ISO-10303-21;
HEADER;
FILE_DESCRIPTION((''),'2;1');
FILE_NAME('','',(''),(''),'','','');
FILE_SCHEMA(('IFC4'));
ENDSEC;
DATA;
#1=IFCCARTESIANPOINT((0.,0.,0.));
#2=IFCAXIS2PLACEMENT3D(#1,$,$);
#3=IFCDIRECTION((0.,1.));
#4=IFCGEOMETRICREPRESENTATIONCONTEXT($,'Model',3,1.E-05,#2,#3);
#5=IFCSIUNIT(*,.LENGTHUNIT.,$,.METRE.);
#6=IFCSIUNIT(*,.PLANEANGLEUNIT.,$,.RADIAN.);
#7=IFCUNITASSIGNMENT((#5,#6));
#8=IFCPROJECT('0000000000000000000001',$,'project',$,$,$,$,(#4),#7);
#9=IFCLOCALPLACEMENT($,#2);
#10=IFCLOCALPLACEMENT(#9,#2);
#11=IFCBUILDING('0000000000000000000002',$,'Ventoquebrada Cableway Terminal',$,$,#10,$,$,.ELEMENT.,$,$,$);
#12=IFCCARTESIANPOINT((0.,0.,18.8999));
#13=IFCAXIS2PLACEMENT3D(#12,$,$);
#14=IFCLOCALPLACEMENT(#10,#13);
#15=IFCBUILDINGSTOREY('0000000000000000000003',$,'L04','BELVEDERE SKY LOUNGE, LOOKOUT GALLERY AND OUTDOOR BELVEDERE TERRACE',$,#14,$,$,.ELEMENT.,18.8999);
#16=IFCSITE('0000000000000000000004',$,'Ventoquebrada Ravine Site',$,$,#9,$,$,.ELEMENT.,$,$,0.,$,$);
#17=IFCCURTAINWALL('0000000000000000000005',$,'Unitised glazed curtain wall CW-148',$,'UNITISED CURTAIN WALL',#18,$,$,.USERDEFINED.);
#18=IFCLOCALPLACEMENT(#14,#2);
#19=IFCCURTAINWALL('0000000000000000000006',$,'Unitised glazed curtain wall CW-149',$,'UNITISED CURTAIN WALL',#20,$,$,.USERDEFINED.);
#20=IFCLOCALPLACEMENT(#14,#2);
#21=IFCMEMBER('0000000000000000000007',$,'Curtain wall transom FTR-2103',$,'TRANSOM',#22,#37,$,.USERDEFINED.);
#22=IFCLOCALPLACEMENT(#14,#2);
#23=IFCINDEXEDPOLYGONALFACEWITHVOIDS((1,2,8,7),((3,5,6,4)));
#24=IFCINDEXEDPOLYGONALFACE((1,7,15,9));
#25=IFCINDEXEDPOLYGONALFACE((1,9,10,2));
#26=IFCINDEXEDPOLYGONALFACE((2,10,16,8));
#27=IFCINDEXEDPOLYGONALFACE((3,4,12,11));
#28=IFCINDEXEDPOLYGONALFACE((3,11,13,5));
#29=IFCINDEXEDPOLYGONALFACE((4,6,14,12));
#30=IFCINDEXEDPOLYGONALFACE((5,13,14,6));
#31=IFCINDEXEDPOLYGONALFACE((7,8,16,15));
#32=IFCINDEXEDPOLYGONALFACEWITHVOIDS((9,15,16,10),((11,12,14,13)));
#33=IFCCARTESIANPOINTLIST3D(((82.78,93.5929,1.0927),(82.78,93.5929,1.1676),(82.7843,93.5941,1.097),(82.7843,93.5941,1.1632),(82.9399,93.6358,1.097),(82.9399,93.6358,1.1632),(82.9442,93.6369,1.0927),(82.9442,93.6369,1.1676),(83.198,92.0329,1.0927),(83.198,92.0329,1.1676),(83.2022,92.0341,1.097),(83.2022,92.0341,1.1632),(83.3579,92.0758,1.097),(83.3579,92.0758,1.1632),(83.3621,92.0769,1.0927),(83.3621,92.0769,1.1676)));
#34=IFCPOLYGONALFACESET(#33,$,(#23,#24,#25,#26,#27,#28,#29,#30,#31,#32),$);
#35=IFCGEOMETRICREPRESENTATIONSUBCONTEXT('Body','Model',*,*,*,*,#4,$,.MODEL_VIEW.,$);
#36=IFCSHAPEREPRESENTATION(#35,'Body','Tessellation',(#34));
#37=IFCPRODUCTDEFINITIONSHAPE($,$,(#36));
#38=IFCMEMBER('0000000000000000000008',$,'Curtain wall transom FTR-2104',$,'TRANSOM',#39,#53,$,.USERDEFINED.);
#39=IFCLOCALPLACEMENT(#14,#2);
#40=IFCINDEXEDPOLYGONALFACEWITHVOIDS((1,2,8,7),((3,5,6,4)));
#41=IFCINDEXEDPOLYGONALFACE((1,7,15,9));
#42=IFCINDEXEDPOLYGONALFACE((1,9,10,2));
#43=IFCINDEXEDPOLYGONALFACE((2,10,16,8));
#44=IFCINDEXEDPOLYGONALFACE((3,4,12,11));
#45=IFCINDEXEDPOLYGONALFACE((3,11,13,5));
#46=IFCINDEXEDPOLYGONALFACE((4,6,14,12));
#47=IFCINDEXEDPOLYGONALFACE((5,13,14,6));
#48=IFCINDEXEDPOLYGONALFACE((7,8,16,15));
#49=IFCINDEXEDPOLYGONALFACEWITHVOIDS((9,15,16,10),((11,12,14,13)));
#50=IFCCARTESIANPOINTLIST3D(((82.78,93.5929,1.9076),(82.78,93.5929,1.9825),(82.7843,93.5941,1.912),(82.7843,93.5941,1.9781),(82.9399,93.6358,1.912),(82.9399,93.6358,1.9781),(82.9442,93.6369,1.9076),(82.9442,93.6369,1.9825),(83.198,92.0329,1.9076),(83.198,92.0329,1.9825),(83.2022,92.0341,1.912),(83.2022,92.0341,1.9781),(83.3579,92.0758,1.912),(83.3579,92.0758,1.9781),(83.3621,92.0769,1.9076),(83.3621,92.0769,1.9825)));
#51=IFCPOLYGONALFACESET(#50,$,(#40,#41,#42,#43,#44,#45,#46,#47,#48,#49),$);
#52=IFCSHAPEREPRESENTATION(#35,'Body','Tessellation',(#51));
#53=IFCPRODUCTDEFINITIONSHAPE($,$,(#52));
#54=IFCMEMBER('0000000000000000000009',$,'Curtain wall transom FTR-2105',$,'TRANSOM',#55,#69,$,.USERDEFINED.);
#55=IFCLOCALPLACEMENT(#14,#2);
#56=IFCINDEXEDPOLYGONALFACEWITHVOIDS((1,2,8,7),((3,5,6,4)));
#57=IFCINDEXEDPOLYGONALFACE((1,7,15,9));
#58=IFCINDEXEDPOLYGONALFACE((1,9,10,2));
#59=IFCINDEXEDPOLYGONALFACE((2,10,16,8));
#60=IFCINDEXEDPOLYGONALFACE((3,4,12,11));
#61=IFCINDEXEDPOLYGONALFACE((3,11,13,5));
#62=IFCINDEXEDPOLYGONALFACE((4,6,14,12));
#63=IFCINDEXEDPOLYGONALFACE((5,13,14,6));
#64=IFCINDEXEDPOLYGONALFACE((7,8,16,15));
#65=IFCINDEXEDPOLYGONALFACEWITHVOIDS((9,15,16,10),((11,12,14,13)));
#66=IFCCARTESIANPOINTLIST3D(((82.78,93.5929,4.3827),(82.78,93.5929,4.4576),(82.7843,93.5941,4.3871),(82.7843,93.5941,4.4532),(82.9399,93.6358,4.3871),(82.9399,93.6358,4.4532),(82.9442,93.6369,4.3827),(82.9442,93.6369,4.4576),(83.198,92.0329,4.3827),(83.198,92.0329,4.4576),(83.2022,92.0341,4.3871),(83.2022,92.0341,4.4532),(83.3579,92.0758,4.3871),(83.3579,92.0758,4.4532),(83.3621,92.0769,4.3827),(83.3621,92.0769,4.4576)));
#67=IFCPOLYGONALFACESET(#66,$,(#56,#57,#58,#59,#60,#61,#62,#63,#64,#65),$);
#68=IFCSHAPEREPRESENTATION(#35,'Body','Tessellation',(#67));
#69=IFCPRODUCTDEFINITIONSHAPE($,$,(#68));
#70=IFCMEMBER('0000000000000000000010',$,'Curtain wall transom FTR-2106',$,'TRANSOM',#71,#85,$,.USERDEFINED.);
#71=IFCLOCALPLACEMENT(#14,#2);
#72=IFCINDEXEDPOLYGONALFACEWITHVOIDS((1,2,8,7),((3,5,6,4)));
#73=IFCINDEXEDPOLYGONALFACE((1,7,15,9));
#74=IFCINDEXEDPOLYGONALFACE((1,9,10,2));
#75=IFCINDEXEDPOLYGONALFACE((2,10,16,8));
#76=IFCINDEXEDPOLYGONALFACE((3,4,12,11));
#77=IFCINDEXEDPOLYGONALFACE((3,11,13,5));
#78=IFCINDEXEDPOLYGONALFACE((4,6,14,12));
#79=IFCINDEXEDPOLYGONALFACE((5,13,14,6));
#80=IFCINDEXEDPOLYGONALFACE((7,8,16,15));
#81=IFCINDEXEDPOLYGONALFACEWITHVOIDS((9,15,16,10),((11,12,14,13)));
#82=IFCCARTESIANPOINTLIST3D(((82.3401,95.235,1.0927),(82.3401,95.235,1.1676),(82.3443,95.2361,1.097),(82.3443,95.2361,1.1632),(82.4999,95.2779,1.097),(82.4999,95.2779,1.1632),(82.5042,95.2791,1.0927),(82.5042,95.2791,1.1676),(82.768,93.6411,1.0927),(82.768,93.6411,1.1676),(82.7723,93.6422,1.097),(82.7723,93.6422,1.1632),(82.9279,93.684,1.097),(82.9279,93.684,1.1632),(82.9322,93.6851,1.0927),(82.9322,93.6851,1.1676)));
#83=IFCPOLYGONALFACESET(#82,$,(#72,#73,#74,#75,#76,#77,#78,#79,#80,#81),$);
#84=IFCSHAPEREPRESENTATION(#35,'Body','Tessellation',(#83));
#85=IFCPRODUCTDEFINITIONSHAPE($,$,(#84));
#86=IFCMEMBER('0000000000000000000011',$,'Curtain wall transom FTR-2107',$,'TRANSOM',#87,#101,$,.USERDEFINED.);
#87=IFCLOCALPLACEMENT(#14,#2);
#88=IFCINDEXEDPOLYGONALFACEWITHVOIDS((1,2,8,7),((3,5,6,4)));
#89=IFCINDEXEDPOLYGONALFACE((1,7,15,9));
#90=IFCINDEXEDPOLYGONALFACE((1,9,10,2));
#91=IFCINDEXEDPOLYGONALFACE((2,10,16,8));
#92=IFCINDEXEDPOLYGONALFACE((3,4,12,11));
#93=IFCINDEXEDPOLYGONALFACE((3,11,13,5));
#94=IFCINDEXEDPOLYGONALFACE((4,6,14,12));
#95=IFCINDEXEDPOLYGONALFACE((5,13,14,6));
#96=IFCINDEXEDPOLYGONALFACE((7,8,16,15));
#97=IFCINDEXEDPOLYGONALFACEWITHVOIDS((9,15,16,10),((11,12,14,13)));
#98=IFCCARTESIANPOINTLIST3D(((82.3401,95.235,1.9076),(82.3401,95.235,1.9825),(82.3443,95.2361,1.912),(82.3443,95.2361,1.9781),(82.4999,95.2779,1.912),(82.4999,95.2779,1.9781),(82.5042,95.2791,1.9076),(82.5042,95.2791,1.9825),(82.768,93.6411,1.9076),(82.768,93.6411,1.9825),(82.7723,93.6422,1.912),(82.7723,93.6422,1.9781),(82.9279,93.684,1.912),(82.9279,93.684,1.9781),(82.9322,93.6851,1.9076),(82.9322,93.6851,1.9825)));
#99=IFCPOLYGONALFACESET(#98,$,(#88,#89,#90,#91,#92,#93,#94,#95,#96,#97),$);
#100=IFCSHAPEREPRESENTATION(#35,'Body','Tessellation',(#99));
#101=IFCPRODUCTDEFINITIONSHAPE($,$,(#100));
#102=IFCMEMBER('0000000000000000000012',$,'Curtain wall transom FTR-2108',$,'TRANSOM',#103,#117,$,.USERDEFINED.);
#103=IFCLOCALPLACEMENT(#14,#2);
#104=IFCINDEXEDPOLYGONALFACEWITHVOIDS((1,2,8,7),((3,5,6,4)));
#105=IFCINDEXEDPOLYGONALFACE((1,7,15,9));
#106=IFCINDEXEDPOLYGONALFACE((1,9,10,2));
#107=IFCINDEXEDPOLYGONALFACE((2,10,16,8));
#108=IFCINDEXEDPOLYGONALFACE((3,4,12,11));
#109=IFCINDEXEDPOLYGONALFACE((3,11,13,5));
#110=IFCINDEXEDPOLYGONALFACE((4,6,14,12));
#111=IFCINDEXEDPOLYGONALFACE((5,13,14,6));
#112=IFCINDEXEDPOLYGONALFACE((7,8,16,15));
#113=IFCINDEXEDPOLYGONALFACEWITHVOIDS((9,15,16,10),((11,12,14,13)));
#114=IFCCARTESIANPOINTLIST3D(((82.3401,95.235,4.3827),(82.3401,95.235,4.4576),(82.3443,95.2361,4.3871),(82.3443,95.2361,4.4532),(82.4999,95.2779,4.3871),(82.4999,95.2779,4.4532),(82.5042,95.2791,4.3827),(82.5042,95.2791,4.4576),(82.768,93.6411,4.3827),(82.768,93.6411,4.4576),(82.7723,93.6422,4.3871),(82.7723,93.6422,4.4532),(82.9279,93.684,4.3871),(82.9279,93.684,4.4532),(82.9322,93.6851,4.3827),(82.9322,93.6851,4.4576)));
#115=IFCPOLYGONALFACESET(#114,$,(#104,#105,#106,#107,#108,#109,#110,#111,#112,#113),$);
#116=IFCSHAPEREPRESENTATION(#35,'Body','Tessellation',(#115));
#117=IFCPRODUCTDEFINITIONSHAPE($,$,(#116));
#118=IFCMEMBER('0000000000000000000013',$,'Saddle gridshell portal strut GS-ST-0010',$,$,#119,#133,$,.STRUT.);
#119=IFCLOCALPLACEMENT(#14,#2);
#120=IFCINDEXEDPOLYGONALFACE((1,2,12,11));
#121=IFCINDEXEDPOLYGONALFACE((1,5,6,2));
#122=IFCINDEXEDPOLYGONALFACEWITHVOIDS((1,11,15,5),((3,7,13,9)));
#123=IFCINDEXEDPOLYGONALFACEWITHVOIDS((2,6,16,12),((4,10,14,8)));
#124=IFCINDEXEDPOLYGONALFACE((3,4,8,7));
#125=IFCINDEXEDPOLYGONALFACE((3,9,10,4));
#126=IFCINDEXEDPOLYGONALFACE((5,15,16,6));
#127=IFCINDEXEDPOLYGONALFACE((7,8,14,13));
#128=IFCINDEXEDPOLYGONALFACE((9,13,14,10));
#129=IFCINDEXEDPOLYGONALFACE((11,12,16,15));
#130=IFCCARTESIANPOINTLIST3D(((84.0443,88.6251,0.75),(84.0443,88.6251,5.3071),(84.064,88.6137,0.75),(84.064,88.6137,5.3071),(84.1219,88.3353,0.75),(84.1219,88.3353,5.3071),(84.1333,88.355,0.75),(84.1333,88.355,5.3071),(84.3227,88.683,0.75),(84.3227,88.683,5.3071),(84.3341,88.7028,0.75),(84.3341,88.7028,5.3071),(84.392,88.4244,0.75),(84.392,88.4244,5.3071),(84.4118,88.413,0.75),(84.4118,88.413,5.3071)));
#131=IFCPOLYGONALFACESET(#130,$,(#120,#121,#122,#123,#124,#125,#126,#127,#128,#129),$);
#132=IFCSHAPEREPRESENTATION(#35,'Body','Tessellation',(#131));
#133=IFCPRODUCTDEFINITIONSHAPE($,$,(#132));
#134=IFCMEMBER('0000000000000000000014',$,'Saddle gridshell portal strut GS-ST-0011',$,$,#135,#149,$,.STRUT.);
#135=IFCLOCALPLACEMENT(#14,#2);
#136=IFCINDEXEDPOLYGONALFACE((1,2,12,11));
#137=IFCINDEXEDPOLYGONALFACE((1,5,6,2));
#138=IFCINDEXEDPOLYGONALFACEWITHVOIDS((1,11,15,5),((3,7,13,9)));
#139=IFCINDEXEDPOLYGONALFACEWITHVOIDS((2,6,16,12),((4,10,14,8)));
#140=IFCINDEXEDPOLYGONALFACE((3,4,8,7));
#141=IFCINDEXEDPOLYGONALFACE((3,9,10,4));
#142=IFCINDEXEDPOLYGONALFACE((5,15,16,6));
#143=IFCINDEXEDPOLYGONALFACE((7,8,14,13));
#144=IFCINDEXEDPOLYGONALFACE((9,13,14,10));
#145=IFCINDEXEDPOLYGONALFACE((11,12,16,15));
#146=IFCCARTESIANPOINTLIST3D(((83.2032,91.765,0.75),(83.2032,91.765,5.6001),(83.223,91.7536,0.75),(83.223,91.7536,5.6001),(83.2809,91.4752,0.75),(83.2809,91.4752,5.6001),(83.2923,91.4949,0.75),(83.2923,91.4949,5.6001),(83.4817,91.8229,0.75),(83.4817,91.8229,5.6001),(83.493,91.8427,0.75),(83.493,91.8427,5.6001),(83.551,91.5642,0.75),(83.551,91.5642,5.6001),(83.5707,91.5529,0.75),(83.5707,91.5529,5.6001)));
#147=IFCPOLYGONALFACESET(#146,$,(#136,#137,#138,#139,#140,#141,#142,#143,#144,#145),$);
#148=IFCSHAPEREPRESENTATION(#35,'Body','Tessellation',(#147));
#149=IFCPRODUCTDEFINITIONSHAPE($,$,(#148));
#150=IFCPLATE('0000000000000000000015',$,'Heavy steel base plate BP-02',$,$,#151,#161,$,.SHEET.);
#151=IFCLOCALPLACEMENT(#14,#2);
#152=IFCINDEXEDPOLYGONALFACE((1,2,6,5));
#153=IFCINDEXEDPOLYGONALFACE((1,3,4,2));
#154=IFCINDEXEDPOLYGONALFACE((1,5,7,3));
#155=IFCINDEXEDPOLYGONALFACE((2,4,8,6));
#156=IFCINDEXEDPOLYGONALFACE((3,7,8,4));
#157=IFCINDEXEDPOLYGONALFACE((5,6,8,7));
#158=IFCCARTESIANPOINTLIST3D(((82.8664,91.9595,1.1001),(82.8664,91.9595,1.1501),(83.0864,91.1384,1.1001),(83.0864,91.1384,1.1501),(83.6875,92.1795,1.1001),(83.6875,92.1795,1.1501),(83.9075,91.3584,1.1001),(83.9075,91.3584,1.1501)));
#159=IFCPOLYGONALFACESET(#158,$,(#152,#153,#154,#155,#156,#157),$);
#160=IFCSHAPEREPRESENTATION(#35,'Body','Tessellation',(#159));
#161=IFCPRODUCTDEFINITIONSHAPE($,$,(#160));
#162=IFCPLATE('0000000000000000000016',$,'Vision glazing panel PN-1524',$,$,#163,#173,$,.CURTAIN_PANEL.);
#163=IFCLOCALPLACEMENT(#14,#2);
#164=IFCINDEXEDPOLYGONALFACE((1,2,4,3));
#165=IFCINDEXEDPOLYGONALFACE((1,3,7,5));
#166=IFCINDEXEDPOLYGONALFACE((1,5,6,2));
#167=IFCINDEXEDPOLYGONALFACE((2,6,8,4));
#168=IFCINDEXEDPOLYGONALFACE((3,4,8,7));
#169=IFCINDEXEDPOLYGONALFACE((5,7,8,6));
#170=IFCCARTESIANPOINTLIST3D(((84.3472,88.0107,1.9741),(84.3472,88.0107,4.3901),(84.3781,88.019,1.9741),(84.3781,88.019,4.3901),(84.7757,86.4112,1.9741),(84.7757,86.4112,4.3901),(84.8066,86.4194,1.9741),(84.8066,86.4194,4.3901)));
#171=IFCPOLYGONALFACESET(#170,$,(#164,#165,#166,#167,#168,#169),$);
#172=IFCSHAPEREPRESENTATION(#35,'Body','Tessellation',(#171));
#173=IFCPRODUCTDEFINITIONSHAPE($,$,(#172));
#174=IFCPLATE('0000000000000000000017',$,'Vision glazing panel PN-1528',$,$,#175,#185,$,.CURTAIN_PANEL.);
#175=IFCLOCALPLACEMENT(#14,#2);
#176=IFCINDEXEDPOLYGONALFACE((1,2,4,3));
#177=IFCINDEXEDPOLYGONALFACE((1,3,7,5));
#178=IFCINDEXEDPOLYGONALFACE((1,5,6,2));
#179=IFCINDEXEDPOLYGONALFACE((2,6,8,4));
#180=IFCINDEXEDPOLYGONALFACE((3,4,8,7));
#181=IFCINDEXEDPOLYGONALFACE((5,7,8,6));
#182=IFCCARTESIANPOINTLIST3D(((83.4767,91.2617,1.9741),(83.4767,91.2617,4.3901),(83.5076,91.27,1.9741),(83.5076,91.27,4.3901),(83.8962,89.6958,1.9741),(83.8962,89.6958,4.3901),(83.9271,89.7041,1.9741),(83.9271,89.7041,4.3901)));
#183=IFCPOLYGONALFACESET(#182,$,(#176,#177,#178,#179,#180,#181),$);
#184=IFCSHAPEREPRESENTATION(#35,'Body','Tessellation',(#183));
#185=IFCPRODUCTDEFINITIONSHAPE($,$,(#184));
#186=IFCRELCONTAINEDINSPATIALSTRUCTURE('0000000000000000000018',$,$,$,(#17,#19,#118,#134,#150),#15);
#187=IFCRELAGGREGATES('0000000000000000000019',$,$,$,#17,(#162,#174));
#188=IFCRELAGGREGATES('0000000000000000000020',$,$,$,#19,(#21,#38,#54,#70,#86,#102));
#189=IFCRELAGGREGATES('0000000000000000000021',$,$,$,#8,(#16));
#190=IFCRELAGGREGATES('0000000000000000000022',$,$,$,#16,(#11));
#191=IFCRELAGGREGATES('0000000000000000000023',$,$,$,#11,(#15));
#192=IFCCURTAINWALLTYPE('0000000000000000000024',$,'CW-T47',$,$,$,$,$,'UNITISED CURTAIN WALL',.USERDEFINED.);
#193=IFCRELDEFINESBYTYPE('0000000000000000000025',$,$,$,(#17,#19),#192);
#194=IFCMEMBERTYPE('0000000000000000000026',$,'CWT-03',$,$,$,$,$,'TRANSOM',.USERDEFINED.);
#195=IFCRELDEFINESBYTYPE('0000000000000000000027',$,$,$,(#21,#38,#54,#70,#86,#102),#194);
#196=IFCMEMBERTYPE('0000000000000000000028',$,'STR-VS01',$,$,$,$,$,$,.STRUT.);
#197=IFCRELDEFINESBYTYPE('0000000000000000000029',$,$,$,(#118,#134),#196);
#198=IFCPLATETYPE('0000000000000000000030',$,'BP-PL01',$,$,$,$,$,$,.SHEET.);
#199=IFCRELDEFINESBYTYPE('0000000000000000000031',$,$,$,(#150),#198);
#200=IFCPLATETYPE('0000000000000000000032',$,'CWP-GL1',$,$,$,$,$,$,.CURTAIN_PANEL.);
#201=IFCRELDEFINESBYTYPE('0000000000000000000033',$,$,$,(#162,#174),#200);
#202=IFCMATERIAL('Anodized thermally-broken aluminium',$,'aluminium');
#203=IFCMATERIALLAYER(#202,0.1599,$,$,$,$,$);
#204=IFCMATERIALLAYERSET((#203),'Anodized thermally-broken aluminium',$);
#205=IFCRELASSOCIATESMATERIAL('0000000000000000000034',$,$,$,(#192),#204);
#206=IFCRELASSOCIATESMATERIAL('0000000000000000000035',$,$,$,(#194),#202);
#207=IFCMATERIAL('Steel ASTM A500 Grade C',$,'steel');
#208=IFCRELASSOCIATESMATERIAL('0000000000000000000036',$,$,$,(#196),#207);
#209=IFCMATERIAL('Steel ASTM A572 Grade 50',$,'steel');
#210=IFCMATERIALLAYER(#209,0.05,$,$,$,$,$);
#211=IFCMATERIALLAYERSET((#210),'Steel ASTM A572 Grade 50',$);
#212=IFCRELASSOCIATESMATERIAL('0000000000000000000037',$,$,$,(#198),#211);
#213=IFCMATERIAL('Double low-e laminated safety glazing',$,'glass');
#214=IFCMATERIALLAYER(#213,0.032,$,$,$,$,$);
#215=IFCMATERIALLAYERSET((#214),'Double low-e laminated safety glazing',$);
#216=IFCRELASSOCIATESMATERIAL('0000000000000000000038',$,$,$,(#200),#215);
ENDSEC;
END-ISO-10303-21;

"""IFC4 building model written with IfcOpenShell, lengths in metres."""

from ifc_helpers import new_model, si_unit, direction, frame, origin, origin_2d, place, context, subcontext, project, spatial, rectangle, hollow_rectangle, extrude, material, layer, layer_set, material_profile, profile_set, type_object, element, aggregate, save


model = new_model("IFC4")

# Units and contexts
model_context = context("Model", 3, precision=1e-05, world=origin(), true_north=direction((0.0, 1.0)))
body_context = subcontext(model_context, "Body", "Model", "MODEL_VIEW")
ifc_project = project(units=[si_unit("LENGTHUNIT", "METRE"), si_unit("PLANEANGLEUNIT", "RADIAN")], contexts=[model_context])

# Site, building, storey
site_placement = place(None, origin())
site = spatial("IfcSite", under=ifc_project, at=site_placement, Name="Ventoquebrada Ravine Site", CompositionType="ELEMENT", RefElevation=0.0)
building_placement = place(site_placement, origin())
building = spatial("IfcBuilding", under=site, at=building_placement, Name="Ventoquebrada Cableway Terminal", CompositionType="ELEMENT")
storey_placement = place(building_placement, frame((0.0, 0.0, 18.8999)))
storey = spatial("IfcBuildingStorey", under=building, at=storey_placement, Name="L04", Description="BELVEDERE SKY LOUNGE, LOOKOUT GALLERY AND OUTDOOR BELVEDERE TERRACE", CompositionType="ELEMENT", Elevation=18.8999)

# Curtain walls
ifc_material_1 = material(Name="Anodized thermally-broken aluminium", Category="aluminium")
ifc_layer_1 = layer(ifc_material_1, 0.1599)
ifc_layer_set_1 = layer_set([ifc_layer_1], Name="Anodized thermally-broken aluminium")
curtain_wall_type = type_object("IfcCurtainWallType", Name="CW-T47", ElementType="UNITISED CURTAIN WALL", PredefinedType="USERDEFINED", material=ifc_layer_set_1)
curtain_wall_1_placement = place(storey_placement, origin())
curtain_wall_1 = element("IfcCurtainWall", 1, at=curtain_wall_1_placement, inside=storey, type_object=curtain_wall_type, Name="Unitised glazed curtain wall CW-148", ObjectType="UNITISED CURTAIN WALL", PredefinedType="USERDEFINED")
curtain_wall_2_placement = place(storey_placement, origin())
curtain_wall_2 = element("IfcCurtainWall", 2, at=curtain_wall_2_placement, inside=storey, type_object=curtain_wall_type, Name="Unitised glazed curtain wall CW-149", ObjectType="UNITISED CURTAIN WALL", PredefinedType="USERDEFINED")

# Members
ifc_material_profile_1 = material_profile(ifc_material_1, hollow_rectangle(XDim=0.075, YDim=0.1699, WallThickness=0.0044, at=origin_2d()), Name="CW-TRN-75X170")
ifc_profile_set_1 = profile_set([ifc_material_profile_1], Name="Anodized thermally-broken aluminium")
member_type_1 = type_object("IfcMemberType", Name="CWT-03", ElementType="TRANSOM", PredefinedType="USERDEFINED", material=ifc_profile_set_1)
member_1_placement = place(storey_placement, frame((83.28, 92.0549, 1.1301), z_axis=(-0.258791, 0.965933, 0.0), x_axis=(0.0, 0.0, 1.0)))
member_1 = element("IfcMember", 3, at=member_1_placement, type_object=member_type_1, Name="Curtain wall transom FTR-2103", ObjectType="TRANSOM", PredefinedType="USERDEFINED", context=body_context, shape_type="SweptSolid", body=[
    extrude(hollow_rectangle(XDim=0.075, YDim=0.1699, WallThickness=0.0044, at=origin_2d()), origin(), (0.0, 0.0, 1.0), 1.615),
])
member_2_placement = place(storey_placement, frame((83.28, 92.0549, 1.9451), z_axis=(-0.258791, 0.965933, 0.0), x_axis=(0.0, 0.0, 1.0)))
member_2 = element("IfcMember", 4, at=member_2_placement, type_object=member_type_1, Name="Curtain wall transom FTR-2104", ObjectType="TRANSOM", PredefinedType="USERDEFINED", context=body_context, shape_type="SweptSolid", body=[
    extrude(hollow_rectangle(XDim=0.075, YDim=0.1699, WallThickness=0.0044, at=origin_2d()), origin(), (0.0, 0.0, 1.0), 1.615),
])
member_3_placement = place(storey_placement, frame((83.28, 92.0549, 4.4202), z_axis=(-0.258791, 0.965933, 0.0), x_axis=(0.0, 0.0, 1.0)))
member_3 = element("IfcMember", 5, at=member_3_placement, type_object=member_type_1, Name="Curtain wall transom FTR-2105", ObjectType="TRANSOM", PredefinedType="USERDEFINED", context=body_context, shape_type="SweptSolid", body=[
    extrude(hollow_rectangle(XDim=0.075, YDim=0.1699, WallThickness=0.0044, at=origin_2d()), origin(), (0.0, 0.0, 1.0), 1.615),
])
member_4_placement = place(storey_placement, frame((82.8501, 93.6631, 1.1301), z_axis=(-0.25931, 0.965794, 0.0), x_axis=(0.0, 0.0, 1.0)))
member_4 = element("IfcMember", 6, at=member_4_placement, type_object=member_type_1, Name="Curtain wall transom FTR-2106", ObjectType="TRANSOM", PredefinedType="USERDEFINED", context=body_context, shape_type="SweptSolid", body=[
    extrude(hollow_rectangle(XDim=0.075, YDim=0.1699, WallThickness=0.0044, at=origin_2d()), origin(), (0.0, 0.0, 1.0), 1.6504),
])
member_5_placement = place(storey_placement, frame((82.8501, 93.6631, 1.9451), z_axis=(-0.25931, 0.965794, 0.0), x_axis=(0.0, 0.0, 1.0)))
member_5 = element("IfcMember", 7, at=member_5_placement, type_object=member_type_1, Name="Curtain wall transom FTR-2107", ObjectType="TRANSOM", PredefinedType="USERDEFINED", context=body_context, shape_type="SweptSolid", body=[
    extrude(hollow_rectangle(XDim=0.075, YDim=0.1699, WallThickness=0.0044, at=origin_2d()), origin(), (0.0, 0.0, 1.0), 1.6504),
])
member_6_placement = place(storey_placement, frame((82.8501, 93.6631, 4.4202), z_axis=(-0.25931, 0.965794, 0.0), x_axis=(0.0, 0.0, 1.0)))
member_6 = element("IfcMember", 8, at=member_6_placement, type_object=member_type_1, Name="Curtain wall transom FTR-2108", ObjectType="TRANSOM", PredefinedType="USERDEFINED", context=body_context, shape_type="SweptSolid", body=[
    extrude(hollow_rectangle(XDim=0.075, YDim=0.1699, WallThickness=0.0044, at=origin_2d()), origin(), (0.0, 0.0, 1.0), 1.6504),
])

# Members
ifc_material_2 = material(Name="Steel ASTM A500 Grade C", Category="steel")
ifc_material_profile_2 = material_profile(ifc_material_2, hollow_rectangle(XDim=0.3, YDim=0.3, WallThickness=0.0161, at=origin_2d()), Name="HSS300X300X16")
ifc_profile_set_2 = profile_set([ifc_material_profile_2], Name="Steel ASTM A500 Grade C")
member_type_2 = type_object("IfcMemberType", Name="STR-VS01", PredefinedType="STRUT", material=ifc_profile_set_2)
member_7_placement = place(storey_placement, frame((84.228, 88.519, 0.75), z_axis=(0.0, 0.0, 1.0), x_axis=(0.965926, 0.258819, 0.0)))
element("IfcMember", 9, at=member_7_placement, inside=storey, type_object=member_type_2, Name="Saddle gridshell portal strut GS-ST-0010", PredefinedType="STRUT", context=body_context, shape_type="SweptSolid", body=[
    extrude(hollow_rectangle(XDim=0.3, YDim=0.3, WallThickness=0.0161, at=origin_2d()), origin(), (0.0, 0.0, 1.0), 4.5571),
])
member_8_placement = place(storey_placement, frame((83.387, 91.6589, 0.75), z_axis=(0.0, 0.0, 1.0), x_axis=(0.965926, 0.258819, 0.0)))
element("IfcMember", 10, at=member_8_placement, inside=storey, type_object=member_type_2, Name="Saddle gridshell portal strut GS-ST-0011", PredefinedType="STRUT", context=body_context, shape_type="SweptSolid", body=[
    extrude(hollow_rectangle(XDim=0.3, YDim=0.3, WallThickness=0.0161, at=origin_2d()), origin(), (0.0, 0.0, 1.0), 4.8501),
])

# Plates
ifc_material_3 = material(Name="Steel ASTM A572 Grade 50", Category="steel")
ifc_layer_2 = layer(ifc_material_3, 0.05)
ifc_layer_set_2 = layer_set([ifc_layer_2], Name="Steel ASTM A572 Grade 50")
plate_type_1 = type_object("IfcPlateType", Name="BP-PL01", PredefinedType="SHEET", material=ifc_layer_set_2)
plate_1_placement = place(storey_placement, frame((83.387, 91.6589, 1.1001), z_axis=(0.0, 0.0, 1.0), x_axis=(0.965926, 0.258819, 0.0)))
element("IfcPlate", 11, at=plate_1_placement, inside=storey, type_object=plate_type_1, Name="Heavy steel base plate BP-02", PredefinedType="SHEET", context=body_context, shape_type="SweptSolid", body=[
    extrude(rectangle(XDim=0.8501, YDim=0.8501, at=origin_2d()), origin(), (0.0, 0.0, 1.0), 0.05),
])
ifc_material_4 = material(Name="Double low-e laminated safety glazing", Category="glass")
ifc_layer_3 = layer(ifc_material_4, 0.032)
ifc_layer_set_3 = layer_set([ifc_layer_3], Name="Double low-e laminated safety glazing")
plate_type_2 = type_object("IfcPlateType", Name="CWP-GL1", PredefinedType="CURTAIN_PANEL", material=ifc_layer_set_3)
plate_2_placement = place(storey_placement, frame((84.5769, 87.2151, 1.9741), z_axis=(0.0, 0.0, 1.0), x_axis=(-0.258802, 0.96593, 0.0)))
plate_2 = element("IfcPlate", 12, at=plate_2_placement, type_object=plate_type_2, Name="Vision glazing panel PN-1524", PredefinedType="CURTAIN_PANEL", context=body_context, shape_type="SweptSolid", body=[
    extrude(rectangle(XDim=1.656, YDim=0.032, at=origin_2d()), origin(), (0.0, 0.0, 1.0), 2.416),
])
plate_3_placement = place(storey_placement, frame((83.7019, 90.4829, 1.9741), z_axis=(0.0, 0.0, 1.0), x_axis=(-0.258802, 0.96593, 0.0)))
plate_3 = element("IfcPlate", 13, at=plate_3_placement, type_object=plate_type_2, Name="Vision glazing panel PN-1528", PredefinedType="CURTAIN_PANEL", context=body_context, shape_type="SweptSolid", body=[
    extrude(rectangle(XDim=1.6211, YDim=0.032, at=origin_2d()), origin(), (0.0, 0.0, 1.0), 2.416),
])
aggregate(curtain_wall_1, [plate_2, plate_3])
aggregate(curtain_wall_2, [member_1, member_2, member_3, member_4, member_5, member_6])

save(model, "model.ifc")
